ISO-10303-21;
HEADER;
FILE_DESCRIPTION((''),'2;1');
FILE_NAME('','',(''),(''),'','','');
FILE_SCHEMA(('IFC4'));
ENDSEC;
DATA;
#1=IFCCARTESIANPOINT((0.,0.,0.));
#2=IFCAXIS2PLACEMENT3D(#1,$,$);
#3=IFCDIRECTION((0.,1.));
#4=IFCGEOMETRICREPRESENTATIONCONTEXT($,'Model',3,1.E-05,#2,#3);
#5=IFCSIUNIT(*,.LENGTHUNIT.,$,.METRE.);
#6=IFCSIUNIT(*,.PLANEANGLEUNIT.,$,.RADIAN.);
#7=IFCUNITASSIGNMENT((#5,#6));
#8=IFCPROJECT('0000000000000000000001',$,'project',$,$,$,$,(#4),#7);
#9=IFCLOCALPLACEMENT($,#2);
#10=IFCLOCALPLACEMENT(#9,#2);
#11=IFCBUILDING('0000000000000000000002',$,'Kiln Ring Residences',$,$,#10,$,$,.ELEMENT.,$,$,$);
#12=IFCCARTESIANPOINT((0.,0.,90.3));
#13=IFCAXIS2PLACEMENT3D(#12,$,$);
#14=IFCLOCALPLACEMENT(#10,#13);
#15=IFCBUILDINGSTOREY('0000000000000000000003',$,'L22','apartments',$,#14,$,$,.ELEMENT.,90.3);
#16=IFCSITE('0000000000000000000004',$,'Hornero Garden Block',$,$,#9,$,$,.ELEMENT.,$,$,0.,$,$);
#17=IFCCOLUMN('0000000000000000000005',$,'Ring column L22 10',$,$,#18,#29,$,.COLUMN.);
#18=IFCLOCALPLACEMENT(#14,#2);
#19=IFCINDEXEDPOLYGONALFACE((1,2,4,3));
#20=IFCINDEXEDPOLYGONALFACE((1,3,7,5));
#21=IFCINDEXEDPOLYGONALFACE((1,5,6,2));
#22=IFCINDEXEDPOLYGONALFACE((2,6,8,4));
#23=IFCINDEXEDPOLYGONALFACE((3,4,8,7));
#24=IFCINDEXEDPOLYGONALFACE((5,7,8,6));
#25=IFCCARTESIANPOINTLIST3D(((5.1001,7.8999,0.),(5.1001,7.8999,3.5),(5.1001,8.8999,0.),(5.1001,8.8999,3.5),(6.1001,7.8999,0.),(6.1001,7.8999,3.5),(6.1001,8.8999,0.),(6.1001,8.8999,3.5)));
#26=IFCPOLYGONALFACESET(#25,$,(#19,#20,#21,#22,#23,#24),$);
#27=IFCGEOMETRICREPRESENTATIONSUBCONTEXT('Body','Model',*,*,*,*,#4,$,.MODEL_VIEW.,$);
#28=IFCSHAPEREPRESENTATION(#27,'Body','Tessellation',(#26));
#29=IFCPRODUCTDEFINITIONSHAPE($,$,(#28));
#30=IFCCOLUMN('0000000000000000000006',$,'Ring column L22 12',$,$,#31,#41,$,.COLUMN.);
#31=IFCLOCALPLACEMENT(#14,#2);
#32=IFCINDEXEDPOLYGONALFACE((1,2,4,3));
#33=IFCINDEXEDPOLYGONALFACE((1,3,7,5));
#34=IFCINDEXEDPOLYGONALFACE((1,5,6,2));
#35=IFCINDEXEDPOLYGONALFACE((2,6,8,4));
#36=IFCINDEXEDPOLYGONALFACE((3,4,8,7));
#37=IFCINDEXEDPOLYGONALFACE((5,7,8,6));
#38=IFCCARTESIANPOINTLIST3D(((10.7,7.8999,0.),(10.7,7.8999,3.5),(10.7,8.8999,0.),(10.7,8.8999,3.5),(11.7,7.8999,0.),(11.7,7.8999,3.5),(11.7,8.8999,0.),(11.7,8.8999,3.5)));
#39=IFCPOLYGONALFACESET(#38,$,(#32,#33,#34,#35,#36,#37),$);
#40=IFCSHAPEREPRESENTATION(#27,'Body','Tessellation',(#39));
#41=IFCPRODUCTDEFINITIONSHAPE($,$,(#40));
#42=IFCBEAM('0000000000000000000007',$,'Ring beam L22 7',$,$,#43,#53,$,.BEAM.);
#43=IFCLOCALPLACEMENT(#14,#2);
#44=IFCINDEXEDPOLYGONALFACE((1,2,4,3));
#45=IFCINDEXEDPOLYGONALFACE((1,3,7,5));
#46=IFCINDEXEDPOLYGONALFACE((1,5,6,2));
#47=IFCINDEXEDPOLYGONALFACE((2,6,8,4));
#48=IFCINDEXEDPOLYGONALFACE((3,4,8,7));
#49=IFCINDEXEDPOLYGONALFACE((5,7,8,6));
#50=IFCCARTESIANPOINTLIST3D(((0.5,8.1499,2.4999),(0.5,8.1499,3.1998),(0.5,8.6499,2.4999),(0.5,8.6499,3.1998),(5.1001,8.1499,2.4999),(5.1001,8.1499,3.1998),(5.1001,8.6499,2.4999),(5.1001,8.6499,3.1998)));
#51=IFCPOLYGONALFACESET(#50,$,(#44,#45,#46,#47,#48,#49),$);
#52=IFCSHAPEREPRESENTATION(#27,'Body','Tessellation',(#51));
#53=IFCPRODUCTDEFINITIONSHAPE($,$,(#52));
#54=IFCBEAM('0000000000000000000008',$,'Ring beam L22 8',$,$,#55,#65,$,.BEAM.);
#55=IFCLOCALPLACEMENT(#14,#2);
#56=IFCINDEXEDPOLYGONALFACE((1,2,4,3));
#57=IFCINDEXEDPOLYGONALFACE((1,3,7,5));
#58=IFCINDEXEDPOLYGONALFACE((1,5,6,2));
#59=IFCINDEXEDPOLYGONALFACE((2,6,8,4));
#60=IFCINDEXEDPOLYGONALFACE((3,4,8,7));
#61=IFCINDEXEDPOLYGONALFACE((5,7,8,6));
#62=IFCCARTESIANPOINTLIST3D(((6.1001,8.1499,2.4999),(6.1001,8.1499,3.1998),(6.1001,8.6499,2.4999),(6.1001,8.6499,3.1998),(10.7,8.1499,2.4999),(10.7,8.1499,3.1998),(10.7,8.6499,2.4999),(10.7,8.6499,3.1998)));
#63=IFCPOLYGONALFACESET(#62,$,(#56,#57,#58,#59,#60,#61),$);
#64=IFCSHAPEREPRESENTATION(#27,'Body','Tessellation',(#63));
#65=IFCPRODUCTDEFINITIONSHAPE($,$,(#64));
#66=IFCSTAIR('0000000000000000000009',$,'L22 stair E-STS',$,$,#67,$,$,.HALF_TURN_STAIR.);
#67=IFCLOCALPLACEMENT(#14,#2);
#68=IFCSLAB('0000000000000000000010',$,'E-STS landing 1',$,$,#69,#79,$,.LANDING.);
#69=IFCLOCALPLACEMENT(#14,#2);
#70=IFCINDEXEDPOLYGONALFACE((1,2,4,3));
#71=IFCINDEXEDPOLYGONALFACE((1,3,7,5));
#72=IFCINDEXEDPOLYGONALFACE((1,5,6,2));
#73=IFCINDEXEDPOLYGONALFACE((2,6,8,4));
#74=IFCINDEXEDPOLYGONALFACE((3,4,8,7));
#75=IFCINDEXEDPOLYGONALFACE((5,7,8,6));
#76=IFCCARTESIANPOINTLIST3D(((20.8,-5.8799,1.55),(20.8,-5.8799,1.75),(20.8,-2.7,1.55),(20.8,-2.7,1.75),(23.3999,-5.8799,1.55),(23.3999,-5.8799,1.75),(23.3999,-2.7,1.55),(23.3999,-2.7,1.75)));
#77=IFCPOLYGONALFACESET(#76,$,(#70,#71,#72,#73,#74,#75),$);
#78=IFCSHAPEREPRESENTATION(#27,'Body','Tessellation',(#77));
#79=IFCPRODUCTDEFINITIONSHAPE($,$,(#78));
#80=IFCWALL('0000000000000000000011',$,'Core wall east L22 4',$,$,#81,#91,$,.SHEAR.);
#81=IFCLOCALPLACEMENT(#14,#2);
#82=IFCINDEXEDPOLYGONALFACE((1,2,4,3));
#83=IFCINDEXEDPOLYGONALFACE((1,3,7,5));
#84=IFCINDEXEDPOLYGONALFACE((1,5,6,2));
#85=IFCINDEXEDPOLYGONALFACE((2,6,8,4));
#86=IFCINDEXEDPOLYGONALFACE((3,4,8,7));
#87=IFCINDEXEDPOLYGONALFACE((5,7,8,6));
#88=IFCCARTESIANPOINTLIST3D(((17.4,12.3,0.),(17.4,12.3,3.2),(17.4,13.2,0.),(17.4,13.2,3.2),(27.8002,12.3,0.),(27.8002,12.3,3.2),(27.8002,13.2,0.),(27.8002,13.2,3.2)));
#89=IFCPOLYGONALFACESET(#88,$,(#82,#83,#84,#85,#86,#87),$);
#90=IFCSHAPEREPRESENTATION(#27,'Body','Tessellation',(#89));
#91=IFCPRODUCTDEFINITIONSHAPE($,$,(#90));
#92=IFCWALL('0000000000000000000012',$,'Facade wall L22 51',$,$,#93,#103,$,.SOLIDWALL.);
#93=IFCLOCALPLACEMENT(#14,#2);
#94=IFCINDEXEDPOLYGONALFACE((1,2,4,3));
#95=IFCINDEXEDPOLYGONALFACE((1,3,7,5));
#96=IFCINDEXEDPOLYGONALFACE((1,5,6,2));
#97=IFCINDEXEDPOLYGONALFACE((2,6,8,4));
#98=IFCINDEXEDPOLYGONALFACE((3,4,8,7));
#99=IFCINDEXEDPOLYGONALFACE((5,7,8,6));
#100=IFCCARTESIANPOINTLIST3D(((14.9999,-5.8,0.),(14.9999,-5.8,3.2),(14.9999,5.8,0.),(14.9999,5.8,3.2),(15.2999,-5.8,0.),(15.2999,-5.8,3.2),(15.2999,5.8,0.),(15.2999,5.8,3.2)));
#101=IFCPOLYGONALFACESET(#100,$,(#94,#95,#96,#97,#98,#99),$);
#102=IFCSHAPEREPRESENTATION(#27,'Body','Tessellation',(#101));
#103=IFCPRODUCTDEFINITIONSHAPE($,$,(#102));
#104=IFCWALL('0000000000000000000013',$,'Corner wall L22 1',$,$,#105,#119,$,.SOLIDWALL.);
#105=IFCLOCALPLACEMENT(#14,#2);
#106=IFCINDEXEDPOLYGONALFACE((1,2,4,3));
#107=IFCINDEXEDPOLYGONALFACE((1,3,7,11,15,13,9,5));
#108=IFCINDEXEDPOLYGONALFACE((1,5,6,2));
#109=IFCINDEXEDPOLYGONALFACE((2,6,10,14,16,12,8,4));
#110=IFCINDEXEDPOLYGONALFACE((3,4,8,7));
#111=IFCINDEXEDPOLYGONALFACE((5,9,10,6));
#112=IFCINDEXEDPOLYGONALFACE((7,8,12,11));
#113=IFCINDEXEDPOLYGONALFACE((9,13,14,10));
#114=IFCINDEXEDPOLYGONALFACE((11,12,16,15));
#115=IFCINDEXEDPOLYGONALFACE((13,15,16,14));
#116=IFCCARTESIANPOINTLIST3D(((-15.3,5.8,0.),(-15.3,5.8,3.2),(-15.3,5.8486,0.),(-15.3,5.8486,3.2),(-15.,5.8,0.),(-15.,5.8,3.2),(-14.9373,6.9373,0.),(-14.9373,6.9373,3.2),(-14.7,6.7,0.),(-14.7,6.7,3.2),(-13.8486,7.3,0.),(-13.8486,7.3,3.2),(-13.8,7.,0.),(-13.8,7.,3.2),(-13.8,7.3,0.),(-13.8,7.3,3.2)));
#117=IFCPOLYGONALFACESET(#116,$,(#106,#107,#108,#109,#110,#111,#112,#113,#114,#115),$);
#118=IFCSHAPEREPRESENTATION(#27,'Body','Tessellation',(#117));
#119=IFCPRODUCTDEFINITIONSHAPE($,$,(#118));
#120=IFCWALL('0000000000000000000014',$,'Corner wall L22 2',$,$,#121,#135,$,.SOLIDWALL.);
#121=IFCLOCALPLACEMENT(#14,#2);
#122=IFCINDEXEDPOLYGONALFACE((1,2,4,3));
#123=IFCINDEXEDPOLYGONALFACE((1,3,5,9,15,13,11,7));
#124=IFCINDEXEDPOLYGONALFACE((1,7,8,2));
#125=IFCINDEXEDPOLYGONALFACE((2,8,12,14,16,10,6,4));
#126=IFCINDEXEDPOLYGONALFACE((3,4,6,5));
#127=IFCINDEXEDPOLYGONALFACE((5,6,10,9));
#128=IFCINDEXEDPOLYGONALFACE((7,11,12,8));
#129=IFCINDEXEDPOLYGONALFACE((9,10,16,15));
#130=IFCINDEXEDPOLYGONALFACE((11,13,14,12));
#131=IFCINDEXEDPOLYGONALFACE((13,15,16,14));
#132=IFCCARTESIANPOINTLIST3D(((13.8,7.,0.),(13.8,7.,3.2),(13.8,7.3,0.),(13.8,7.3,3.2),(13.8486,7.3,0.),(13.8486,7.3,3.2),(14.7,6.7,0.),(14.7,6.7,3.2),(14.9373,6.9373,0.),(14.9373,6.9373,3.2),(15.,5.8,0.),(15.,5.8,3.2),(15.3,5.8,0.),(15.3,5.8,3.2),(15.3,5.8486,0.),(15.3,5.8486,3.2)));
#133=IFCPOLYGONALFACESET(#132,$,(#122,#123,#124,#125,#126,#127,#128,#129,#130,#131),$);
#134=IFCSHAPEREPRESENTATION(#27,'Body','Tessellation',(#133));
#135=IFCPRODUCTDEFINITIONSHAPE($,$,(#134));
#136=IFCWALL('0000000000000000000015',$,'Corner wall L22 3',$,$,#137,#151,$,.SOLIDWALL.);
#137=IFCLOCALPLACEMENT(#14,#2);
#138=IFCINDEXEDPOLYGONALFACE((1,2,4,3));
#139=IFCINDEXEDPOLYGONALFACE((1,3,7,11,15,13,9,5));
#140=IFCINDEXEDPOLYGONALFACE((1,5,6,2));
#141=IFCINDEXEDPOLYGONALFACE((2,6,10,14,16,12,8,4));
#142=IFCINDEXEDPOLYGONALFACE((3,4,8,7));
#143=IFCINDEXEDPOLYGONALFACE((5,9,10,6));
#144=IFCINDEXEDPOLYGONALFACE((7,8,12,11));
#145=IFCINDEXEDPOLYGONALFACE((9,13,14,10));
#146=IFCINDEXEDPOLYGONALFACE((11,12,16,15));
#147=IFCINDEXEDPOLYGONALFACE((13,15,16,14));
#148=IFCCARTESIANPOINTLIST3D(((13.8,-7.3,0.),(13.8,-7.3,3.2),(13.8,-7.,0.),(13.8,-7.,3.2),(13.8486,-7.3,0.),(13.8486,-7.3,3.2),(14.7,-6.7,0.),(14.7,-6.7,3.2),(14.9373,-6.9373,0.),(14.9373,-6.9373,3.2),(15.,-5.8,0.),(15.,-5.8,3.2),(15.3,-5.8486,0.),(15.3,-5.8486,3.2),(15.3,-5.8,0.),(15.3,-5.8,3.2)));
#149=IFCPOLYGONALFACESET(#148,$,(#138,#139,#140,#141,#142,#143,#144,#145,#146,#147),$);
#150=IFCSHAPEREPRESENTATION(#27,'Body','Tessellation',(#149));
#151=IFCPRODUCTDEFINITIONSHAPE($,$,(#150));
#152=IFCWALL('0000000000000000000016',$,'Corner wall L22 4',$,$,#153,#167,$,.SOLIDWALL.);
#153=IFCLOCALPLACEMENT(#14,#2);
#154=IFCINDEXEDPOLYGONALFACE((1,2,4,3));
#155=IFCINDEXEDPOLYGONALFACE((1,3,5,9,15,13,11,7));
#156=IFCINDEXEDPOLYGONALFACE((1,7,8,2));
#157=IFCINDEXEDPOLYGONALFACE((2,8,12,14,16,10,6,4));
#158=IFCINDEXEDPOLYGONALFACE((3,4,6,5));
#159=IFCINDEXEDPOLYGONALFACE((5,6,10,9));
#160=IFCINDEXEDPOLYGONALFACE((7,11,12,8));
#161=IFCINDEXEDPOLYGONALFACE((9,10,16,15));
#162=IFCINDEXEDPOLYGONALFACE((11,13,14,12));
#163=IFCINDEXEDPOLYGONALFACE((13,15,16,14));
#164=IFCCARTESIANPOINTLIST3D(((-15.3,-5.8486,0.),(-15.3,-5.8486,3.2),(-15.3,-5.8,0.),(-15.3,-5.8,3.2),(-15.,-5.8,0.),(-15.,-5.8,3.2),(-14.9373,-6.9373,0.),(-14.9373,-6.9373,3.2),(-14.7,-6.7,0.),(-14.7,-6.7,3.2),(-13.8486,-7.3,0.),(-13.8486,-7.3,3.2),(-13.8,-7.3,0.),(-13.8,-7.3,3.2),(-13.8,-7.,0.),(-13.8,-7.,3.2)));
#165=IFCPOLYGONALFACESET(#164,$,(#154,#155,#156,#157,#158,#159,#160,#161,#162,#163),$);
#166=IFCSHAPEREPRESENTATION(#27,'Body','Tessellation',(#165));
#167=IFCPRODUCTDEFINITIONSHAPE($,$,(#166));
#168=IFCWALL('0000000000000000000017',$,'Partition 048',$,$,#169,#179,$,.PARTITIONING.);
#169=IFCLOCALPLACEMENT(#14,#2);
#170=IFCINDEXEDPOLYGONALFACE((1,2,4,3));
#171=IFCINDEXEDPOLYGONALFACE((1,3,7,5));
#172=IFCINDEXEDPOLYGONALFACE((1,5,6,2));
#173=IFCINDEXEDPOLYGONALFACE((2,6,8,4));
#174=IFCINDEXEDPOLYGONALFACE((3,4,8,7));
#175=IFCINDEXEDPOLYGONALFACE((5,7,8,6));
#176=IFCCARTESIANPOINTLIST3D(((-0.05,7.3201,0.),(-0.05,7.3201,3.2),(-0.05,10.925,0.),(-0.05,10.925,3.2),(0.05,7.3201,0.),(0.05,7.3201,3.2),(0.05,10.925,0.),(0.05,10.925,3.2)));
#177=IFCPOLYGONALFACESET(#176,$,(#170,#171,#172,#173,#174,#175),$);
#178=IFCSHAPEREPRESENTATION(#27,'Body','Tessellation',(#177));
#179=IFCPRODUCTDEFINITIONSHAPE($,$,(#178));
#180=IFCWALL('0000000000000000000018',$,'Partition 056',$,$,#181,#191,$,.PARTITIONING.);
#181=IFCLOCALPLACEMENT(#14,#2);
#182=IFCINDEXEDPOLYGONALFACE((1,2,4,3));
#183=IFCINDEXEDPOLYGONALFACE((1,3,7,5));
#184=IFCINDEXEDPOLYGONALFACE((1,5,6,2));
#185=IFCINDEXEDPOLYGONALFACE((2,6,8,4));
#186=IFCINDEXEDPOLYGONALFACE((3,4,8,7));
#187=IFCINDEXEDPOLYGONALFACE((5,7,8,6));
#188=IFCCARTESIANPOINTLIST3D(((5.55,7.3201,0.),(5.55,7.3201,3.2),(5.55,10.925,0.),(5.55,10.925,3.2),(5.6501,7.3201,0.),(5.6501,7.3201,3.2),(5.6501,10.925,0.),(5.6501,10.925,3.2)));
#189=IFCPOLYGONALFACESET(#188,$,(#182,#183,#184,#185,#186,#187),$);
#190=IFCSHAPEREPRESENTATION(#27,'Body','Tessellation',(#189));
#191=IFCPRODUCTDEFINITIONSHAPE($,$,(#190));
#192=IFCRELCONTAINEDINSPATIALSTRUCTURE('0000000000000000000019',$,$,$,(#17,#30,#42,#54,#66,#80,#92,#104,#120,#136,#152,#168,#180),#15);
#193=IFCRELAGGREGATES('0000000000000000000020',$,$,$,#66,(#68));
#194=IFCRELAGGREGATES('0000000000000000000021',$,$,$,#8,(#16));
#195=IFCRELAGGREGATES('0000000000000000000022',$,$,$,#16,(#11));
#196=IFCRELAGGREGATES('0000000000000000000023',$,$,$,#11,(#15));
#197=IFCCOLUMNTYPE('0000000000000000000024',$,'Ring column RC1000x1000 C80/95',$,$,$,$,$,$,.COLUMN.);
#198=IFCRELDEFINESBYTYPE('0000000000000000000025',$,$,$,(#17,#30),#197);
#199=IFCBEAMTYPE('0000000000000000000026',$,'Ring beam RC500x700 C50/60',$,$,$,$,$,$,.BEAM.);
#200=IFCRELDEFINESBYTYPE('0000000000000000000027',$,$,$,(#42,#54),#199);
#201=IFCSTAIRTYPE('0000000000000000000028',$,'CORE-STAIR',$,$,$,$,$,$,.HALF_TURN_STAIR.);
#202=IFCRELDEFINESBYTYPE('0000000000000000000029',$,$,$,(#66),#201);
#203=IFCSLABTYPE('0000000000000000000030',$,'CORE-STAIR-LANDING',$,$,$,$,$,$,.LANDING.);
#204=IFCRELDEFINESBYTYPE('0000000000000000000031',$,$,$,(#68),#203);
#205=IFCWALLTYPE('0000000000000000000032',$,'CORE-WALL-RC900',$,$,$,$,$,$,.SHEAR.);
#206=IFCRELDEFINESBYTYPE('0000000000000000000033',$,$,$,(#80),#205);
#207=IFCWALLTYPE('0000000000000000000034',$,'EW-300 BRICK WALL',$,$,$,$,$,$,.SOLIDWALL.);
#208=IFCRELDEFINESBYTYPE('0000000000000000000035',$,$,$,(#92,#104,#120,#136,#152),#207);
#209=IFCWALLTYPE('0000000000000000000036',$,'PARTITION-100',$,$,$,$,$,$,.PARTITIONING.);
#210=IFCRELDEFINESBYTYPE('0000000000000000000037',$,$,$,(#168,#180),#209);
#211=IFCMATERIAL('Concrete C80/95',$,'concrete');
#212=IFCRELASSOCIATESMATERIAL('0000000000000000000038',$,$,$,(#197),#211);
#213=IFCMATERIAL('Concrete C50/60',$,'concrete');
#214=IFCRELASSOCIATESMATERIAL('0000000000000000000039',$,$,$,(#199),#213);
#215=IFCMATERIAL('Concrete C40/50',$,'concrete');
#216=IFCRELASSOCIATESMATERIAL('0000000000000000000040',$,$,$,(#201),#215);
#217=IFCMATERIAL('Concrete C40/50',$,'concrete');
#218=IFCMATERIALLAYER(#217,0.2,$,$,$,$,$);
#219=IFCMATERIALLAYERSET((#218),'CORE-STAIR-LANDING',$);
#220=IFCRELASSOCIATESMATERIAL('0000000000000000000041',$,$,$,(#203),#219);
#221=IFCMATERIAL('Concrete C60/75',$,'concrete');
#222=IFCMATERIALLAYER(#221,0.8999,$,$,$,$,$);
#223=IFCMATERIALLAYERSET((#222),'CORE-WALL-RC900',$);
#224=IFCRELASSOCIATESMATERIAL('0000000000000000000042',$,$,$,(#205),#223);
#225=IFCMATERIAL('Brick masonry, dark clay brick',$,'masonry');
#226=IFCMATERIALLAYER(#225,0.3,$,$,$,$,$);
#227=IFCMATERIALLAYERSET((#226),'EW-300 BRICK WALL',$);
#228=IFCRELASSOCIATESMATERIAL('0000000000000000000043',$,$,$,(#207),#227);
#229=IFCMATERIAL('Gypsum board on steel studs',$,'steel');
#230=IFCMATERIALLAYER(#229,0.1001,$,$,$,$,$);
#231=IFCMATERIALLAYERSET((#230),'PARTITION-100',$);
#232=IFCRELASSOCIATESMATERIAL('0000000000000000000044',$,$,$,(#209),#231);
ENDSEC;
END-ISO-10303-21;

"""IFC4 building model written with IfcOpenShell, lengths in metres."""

from ifc_helpers import new_model, si_unit, direction, frame, frame_2d, origin, origin_2d, place, context, subcontext, project, spatial, polyline, rectangle, outline, extrude, material, layer, layer_set, material_profile, profile_set, type_object, element, aggregate, save


model = new_model("IFC4")

# Units and contexts
model_context = context("Model", 3, precision=1e-05, world=origin(), true_north=direction((0.0, 1.0)))
body_context = subcontext(model_context, "Body", "Model", "MODEL_VIEW")
ifc_project = project(units=[si_unit("LENGTHUNIT", "METRE"), si_unit("PLANEANGLEUNIT", "RADIAN")], contexts=[model_context])

# Site, building, storey
site_placement = place(None, origin())
site = spatial("IfcSite", under=ifc_project, at=site_placement, Name="Hornero Garden Block", CompositionType="ELEMENT", RefElevation=0.0)
building_placement = place(site_placement, origin())
building = spatial("IfcBuilding", under=site, at=building_placement, Name="Kiln Ring Residences", CompositionType="ELEMENT")
storey_placement = place(building_placement, frame((0.0, 0.0, 90.3)))
storey = spatial("IfcBuildingStorey", under=building, at=storey_placement, Name="L22", Description="apartments", CompositionType="ELEMENT", Elevation=90.3)

# Columns
ifc_material_1 = material(Name="Concrete C80/95", Category="concrete")
ifc_material_profile_1 = material_profile(ifc_material_1, rectangle(XDim=1.0, YDim=1.0, at=origin_2d()), Name="RC1000x1000")
ifc_profile_set_1 = profile_set([ifc_material_profile_1], Name="Concrete C80/95")
column_type = type_object("IfcColumnType", Name="Ring column RC1000x1000 C80/95", PredefinedType="COLUMN", material=ifc_profile_set_1)
for number, where, z_axis, x_axis, name in (
    (1, (5.6001, 8.3999, 0.0), (0.0, 0.0, 1.0), (1.0, 0.0, 0.0), "Ring column L22 10"),
    (2, (11.2, 8.3999, 0.0), (0.0, 0.0, 1.0), (1.0, 0.0, 0.0), "Ring column L22 12"),
):
    element("IfcColumn", number, at=place(storey_placement, frame(where, z_axis=z_axis, x_axis=x_axis)), inside=storey, type_object=column_type, Name=name, PredefinedType="COLUMN", context=body_context, shape_type="SweptSolid", body=[
        extrude(rectangle(XDim=1.0, YDim=1.0, at=origin_2d()), origin(), (0.0, 0.0, 1.0), 3.5),
    ])

# Beams
ifc_material_2 = material(Name="Concrete C50/60", Category="concrete")
ifc_material_profile_2 = material_profile(ifc_material_2, rectangle(XDim=0.5, YDim=0.7, at=origin_2d()), Name="RC500x700")
ifc_profile_set_2 = profile_set([ifc_material_profile_2], Name="Concrete C50/60")
beam_type = type_object("IfcBeamType", Name="Ring beam RC500x700 C50/60", PredefinedType="BEAM", material=ifc_profile_set_2)
beam_1_placement = place(storey_placement, frame((0.5, 8.3999, 2.8499), z_axis=(1.0, 0.0, 0.0), x_axis=(0.0, 1.0, 0.0)))
element("IfcBeam", 3, at=beam_1_placement, inside=storey, type_object=beam_type, Name="Ring beam L22 7", PredefinedType="BEAM", context=body_context, shape_type="SweptSolid", body=[
    extrude(rectangle(XDim=0.5, YDim=0.7, at=origin_2d()), origin(), (0.0, 0.0, 1.0), 4.6001),
])
beam_2_placement = place(storey_placement, frame((6.1001, 8.3999, 2.8499), z_axis=(1.0, 0.0, 0.0), x_axis=(0.0, 1.0, 0.0)))
element("IfcBeam", 4, at=beam_2_placement, inside=storey, type_object=beam_type, Name="Ring beam L22 8", PredefinedType="BEAM", context=body_context, shape_type="SweptSolid", body=[
    extrude(rectangle(XDim=0.5, YDim=0.7, at=origin_2d()), origin(), (0.0, 0.0, 1.0), 4.5999),
])

# Stair, slab
ifc_material_3 = material(Name="Concrete C40/50", Category="concrete")
stair_type = type_object("IfcStairType", Name="CORE-STAIR", PredefinedType="HALF_TURN_STAIR", material=ifc_material_3)
placement = place(storey_placement, origin())
stair = element("IfcStair", 5, at=placement, inside=storey, type_object=stair_type, Name="L22 stair E-STS", PredefinedType="HALF_TURN_STAIR")
ifc_material_4 = material(Name="Concrete C40/50", Category="concrete")
ifc_layer_1 = layer(ifc_material_4, 0.2)
ifc_layer_set_1 = layer_set([ifc_layer_1], Name="CORE-STAIR-LANDING")
slab_type = type_object("IfcSlabType", Name="CORE-STAIR-LANDING", PredefinedType="LANDING", material=ifc_layer_set_1)
slab_placement = place(storey_placement, frame((0.0, 0.0, 1.55)))
slab = element("IfcSlab", 6, at=slab_placement, type_object=slab_type, Name="E-STS landing 1", PredefinedType="LANDING", context=body_context, shape_type="SweptSolid", body=[
    extrude(outline(polyline([(23.3999, -5.8799), (23.3999, -2.7), (20.8, -2.7), (20.8, -5.8799), (23.3999, -5.8799)])), origin(), (0.0, 0.0, 1.0), 0.2),
])
aggregate(stair, [slab])

# Walls
ifc_material_5 = material(Name="Concrete C60/75", Category="concrete")
ifc_layer_2 = layer(ifc_material_5, 0.8999)
ifc_layer_set_2 = layer_set([ifc_layer_2], Name="CORE-WALL-RC900")
wall_type_1 = type_object("IfcWallType", Name="CORE-WALL-RC900", PredefinedType="SHEAR", material=ifc_layer_set_2)
wall_1_placement = place(storey_placement, frame((17.3999, 12.75, 0.0), z_axis=(0.0, 0.0, 1.0), x_axis=(1.0, 0.0, 0.0)))
element("IfcWall", 7, at=wall_1_placement, inside=storey, type_object=wall_type_1, Name="Core wall east L22 4", PredefinedType="SHEAR", context=body_context, shape_type="SweptSolid", body=[
    extrude(rectangle(XDim=10.4001, YDim=0.8999, at=frame_2d((5.2002, 0.0))), origin(), (0.0, 0.0, 1.0), 3.2),
])
ifc_material_6 = material(Name="Brick masonry, dark clay brick", Category="masonry")
ifc_layer_3 = layer(ifc_material_6, 0.3)
ifc_layer_set_3 = layer_set([ifc_layer_3], Name="EW-300 BRICK WALL")
wall_type_2 = type_object("IfcWallType", Name="EW-300 BRICK WALL", PredefinedType="SOLIDWALL", material=ifc_layer_set_3)
wall_2_placement = place(storey_placement, frame((15.1499, 5.8, 0.0), z_axis=(0.0, 0.0, 1.0), x_axis=(0.0, -1.0, 0.0)))
element("IfcWall", 8, at=wall_2_placement, inside=storey, type_object=wall_type_2, Name="Facade wall L22 51", PredefinedType="SOLIDWALL", context=body_context, shape_type="SweptSolid", body=[
    extrude(rectangle(XDim=11.6001, YDim=0.3, at=frame_2d((5.8, 0.0))), origin(), (0.0, 0.0, 1.0), 3.2),
])
element("IfcWall", 9, at=placement, inside=storey, type_object=wall_type_2, Name="Corner wall L22 1", PredefinedType="SOLIDWALL", context=body_context, shape_type="SweptSolid", body=[
    extrude(outline(polyline([(-13.8486, 7.3), (-14.9373, 6.9373), (-15.3, 5.8486), (-15.3, 5.8), (-15.0, 5.8), (-14.7, 6.7), (-13.8, 7.0), (-13.8, 7.3), (-13.8486, 7.3)])), origin(), (0.0, 0.0, 1.0), 3.2),
])
element("IfcWall", 10, at=placement, inside=storey, type_object=wall_type_2, Name="Corner wall L22 2", PredefinedType="SOLIDWALL", context=body_context, shape_type="SweptSolid", body=[
    extrude(outline(polyline([(14.9373, 6.9373), (13.8486, 7.3), (13.8, 7.3), (13.8, 7.0), (14.7, 6.7), (15.0, 5.8), (15.3, 5.8), (15.3, 5.8486), (14.9373, 6.9373)])), origin(), (0.0, 0.0, 1.0), 3.2),
])
element("IfcWall", 11, at=placement, inside=storey, type_object=wall_type_2, Name="Corner wall L22 3", PredefinedType="SOLIDWALL", context=body_context, shape_type="SweptSolid", body=[
    extrude(outline(polyline([(14.9373, -6.9373), (15.3, -5.8486), (15.3, -5.8), (15.0, -5.8), (14.7, -6.7), (13.8, -7.0), (13.8, -7.3), (13.8486, -7.3), (14.9373, -6.9373)])), origin(), (0.0, 0.0, 1.0), 3.2),
])
element("IfcWall", 12, at=placement, inside=storey, type_object=wall_type_2, Name="Corner wall L22 4", PredefinedType="SOLIDWALL", context=body_context, shape_type="SweptSolid", body=[
    extrude(outline(polyline([(-14.9373, -6.9373), (-13.8486, -7.3), (-13.8, -7.3), (-13.8, -7.0), (-14.7, -6.7), (-15.0, -5.8), (-15.3, -5.8), (-15.3, -5.8486), (-14.9373, -6.9373)])), origin(), (0.0, 0.0, 1.0), 3.2),
])
ifc_material_7 = material(Name="Gypsum board on steel studs", Category="steel")
ifc_layer_4 = layer(ifc_material_7, 0.1001)
ifc_layer_set_4 = layer_set([ifc_layer_4], Name="PARTITION-100")
wall_type_3 = type_object("IfcWallType", Name="PARTITION-100", PredefinedType="PARTITIONING", material=ifc_layer_set_4)
for number, where, z_axis, x_axis, name in (
    (13, (0.0, 7.3201, 0.0), (0.0, 0.0, 1.0), (0.0, 1.0, 0.0), "Partition 048"),
    (14, (5.6001, 7.3201, 0.0), (0.0, 0.0, 1.0), (0.0, 1.0, 0.0), "Partition 056"),
):
    element("IfcWall", number, at=place(storey_placement, frame(where, z_axis=z_axis, x_axis=x_axis)), inside=storey, type_object=wall_type_3, Name=name, PredefinedType="PARTITIONING", context=body_context, shape_type="SweptSolid", body=[
        extrude(rectangle(XDim=3.605, YDim=0.1001, at=frame_2d((1.8025, 0.0))), origin(), (0.0, 0.0, 1.0), 3.2),
    ])

save(model, "model.ifc")
